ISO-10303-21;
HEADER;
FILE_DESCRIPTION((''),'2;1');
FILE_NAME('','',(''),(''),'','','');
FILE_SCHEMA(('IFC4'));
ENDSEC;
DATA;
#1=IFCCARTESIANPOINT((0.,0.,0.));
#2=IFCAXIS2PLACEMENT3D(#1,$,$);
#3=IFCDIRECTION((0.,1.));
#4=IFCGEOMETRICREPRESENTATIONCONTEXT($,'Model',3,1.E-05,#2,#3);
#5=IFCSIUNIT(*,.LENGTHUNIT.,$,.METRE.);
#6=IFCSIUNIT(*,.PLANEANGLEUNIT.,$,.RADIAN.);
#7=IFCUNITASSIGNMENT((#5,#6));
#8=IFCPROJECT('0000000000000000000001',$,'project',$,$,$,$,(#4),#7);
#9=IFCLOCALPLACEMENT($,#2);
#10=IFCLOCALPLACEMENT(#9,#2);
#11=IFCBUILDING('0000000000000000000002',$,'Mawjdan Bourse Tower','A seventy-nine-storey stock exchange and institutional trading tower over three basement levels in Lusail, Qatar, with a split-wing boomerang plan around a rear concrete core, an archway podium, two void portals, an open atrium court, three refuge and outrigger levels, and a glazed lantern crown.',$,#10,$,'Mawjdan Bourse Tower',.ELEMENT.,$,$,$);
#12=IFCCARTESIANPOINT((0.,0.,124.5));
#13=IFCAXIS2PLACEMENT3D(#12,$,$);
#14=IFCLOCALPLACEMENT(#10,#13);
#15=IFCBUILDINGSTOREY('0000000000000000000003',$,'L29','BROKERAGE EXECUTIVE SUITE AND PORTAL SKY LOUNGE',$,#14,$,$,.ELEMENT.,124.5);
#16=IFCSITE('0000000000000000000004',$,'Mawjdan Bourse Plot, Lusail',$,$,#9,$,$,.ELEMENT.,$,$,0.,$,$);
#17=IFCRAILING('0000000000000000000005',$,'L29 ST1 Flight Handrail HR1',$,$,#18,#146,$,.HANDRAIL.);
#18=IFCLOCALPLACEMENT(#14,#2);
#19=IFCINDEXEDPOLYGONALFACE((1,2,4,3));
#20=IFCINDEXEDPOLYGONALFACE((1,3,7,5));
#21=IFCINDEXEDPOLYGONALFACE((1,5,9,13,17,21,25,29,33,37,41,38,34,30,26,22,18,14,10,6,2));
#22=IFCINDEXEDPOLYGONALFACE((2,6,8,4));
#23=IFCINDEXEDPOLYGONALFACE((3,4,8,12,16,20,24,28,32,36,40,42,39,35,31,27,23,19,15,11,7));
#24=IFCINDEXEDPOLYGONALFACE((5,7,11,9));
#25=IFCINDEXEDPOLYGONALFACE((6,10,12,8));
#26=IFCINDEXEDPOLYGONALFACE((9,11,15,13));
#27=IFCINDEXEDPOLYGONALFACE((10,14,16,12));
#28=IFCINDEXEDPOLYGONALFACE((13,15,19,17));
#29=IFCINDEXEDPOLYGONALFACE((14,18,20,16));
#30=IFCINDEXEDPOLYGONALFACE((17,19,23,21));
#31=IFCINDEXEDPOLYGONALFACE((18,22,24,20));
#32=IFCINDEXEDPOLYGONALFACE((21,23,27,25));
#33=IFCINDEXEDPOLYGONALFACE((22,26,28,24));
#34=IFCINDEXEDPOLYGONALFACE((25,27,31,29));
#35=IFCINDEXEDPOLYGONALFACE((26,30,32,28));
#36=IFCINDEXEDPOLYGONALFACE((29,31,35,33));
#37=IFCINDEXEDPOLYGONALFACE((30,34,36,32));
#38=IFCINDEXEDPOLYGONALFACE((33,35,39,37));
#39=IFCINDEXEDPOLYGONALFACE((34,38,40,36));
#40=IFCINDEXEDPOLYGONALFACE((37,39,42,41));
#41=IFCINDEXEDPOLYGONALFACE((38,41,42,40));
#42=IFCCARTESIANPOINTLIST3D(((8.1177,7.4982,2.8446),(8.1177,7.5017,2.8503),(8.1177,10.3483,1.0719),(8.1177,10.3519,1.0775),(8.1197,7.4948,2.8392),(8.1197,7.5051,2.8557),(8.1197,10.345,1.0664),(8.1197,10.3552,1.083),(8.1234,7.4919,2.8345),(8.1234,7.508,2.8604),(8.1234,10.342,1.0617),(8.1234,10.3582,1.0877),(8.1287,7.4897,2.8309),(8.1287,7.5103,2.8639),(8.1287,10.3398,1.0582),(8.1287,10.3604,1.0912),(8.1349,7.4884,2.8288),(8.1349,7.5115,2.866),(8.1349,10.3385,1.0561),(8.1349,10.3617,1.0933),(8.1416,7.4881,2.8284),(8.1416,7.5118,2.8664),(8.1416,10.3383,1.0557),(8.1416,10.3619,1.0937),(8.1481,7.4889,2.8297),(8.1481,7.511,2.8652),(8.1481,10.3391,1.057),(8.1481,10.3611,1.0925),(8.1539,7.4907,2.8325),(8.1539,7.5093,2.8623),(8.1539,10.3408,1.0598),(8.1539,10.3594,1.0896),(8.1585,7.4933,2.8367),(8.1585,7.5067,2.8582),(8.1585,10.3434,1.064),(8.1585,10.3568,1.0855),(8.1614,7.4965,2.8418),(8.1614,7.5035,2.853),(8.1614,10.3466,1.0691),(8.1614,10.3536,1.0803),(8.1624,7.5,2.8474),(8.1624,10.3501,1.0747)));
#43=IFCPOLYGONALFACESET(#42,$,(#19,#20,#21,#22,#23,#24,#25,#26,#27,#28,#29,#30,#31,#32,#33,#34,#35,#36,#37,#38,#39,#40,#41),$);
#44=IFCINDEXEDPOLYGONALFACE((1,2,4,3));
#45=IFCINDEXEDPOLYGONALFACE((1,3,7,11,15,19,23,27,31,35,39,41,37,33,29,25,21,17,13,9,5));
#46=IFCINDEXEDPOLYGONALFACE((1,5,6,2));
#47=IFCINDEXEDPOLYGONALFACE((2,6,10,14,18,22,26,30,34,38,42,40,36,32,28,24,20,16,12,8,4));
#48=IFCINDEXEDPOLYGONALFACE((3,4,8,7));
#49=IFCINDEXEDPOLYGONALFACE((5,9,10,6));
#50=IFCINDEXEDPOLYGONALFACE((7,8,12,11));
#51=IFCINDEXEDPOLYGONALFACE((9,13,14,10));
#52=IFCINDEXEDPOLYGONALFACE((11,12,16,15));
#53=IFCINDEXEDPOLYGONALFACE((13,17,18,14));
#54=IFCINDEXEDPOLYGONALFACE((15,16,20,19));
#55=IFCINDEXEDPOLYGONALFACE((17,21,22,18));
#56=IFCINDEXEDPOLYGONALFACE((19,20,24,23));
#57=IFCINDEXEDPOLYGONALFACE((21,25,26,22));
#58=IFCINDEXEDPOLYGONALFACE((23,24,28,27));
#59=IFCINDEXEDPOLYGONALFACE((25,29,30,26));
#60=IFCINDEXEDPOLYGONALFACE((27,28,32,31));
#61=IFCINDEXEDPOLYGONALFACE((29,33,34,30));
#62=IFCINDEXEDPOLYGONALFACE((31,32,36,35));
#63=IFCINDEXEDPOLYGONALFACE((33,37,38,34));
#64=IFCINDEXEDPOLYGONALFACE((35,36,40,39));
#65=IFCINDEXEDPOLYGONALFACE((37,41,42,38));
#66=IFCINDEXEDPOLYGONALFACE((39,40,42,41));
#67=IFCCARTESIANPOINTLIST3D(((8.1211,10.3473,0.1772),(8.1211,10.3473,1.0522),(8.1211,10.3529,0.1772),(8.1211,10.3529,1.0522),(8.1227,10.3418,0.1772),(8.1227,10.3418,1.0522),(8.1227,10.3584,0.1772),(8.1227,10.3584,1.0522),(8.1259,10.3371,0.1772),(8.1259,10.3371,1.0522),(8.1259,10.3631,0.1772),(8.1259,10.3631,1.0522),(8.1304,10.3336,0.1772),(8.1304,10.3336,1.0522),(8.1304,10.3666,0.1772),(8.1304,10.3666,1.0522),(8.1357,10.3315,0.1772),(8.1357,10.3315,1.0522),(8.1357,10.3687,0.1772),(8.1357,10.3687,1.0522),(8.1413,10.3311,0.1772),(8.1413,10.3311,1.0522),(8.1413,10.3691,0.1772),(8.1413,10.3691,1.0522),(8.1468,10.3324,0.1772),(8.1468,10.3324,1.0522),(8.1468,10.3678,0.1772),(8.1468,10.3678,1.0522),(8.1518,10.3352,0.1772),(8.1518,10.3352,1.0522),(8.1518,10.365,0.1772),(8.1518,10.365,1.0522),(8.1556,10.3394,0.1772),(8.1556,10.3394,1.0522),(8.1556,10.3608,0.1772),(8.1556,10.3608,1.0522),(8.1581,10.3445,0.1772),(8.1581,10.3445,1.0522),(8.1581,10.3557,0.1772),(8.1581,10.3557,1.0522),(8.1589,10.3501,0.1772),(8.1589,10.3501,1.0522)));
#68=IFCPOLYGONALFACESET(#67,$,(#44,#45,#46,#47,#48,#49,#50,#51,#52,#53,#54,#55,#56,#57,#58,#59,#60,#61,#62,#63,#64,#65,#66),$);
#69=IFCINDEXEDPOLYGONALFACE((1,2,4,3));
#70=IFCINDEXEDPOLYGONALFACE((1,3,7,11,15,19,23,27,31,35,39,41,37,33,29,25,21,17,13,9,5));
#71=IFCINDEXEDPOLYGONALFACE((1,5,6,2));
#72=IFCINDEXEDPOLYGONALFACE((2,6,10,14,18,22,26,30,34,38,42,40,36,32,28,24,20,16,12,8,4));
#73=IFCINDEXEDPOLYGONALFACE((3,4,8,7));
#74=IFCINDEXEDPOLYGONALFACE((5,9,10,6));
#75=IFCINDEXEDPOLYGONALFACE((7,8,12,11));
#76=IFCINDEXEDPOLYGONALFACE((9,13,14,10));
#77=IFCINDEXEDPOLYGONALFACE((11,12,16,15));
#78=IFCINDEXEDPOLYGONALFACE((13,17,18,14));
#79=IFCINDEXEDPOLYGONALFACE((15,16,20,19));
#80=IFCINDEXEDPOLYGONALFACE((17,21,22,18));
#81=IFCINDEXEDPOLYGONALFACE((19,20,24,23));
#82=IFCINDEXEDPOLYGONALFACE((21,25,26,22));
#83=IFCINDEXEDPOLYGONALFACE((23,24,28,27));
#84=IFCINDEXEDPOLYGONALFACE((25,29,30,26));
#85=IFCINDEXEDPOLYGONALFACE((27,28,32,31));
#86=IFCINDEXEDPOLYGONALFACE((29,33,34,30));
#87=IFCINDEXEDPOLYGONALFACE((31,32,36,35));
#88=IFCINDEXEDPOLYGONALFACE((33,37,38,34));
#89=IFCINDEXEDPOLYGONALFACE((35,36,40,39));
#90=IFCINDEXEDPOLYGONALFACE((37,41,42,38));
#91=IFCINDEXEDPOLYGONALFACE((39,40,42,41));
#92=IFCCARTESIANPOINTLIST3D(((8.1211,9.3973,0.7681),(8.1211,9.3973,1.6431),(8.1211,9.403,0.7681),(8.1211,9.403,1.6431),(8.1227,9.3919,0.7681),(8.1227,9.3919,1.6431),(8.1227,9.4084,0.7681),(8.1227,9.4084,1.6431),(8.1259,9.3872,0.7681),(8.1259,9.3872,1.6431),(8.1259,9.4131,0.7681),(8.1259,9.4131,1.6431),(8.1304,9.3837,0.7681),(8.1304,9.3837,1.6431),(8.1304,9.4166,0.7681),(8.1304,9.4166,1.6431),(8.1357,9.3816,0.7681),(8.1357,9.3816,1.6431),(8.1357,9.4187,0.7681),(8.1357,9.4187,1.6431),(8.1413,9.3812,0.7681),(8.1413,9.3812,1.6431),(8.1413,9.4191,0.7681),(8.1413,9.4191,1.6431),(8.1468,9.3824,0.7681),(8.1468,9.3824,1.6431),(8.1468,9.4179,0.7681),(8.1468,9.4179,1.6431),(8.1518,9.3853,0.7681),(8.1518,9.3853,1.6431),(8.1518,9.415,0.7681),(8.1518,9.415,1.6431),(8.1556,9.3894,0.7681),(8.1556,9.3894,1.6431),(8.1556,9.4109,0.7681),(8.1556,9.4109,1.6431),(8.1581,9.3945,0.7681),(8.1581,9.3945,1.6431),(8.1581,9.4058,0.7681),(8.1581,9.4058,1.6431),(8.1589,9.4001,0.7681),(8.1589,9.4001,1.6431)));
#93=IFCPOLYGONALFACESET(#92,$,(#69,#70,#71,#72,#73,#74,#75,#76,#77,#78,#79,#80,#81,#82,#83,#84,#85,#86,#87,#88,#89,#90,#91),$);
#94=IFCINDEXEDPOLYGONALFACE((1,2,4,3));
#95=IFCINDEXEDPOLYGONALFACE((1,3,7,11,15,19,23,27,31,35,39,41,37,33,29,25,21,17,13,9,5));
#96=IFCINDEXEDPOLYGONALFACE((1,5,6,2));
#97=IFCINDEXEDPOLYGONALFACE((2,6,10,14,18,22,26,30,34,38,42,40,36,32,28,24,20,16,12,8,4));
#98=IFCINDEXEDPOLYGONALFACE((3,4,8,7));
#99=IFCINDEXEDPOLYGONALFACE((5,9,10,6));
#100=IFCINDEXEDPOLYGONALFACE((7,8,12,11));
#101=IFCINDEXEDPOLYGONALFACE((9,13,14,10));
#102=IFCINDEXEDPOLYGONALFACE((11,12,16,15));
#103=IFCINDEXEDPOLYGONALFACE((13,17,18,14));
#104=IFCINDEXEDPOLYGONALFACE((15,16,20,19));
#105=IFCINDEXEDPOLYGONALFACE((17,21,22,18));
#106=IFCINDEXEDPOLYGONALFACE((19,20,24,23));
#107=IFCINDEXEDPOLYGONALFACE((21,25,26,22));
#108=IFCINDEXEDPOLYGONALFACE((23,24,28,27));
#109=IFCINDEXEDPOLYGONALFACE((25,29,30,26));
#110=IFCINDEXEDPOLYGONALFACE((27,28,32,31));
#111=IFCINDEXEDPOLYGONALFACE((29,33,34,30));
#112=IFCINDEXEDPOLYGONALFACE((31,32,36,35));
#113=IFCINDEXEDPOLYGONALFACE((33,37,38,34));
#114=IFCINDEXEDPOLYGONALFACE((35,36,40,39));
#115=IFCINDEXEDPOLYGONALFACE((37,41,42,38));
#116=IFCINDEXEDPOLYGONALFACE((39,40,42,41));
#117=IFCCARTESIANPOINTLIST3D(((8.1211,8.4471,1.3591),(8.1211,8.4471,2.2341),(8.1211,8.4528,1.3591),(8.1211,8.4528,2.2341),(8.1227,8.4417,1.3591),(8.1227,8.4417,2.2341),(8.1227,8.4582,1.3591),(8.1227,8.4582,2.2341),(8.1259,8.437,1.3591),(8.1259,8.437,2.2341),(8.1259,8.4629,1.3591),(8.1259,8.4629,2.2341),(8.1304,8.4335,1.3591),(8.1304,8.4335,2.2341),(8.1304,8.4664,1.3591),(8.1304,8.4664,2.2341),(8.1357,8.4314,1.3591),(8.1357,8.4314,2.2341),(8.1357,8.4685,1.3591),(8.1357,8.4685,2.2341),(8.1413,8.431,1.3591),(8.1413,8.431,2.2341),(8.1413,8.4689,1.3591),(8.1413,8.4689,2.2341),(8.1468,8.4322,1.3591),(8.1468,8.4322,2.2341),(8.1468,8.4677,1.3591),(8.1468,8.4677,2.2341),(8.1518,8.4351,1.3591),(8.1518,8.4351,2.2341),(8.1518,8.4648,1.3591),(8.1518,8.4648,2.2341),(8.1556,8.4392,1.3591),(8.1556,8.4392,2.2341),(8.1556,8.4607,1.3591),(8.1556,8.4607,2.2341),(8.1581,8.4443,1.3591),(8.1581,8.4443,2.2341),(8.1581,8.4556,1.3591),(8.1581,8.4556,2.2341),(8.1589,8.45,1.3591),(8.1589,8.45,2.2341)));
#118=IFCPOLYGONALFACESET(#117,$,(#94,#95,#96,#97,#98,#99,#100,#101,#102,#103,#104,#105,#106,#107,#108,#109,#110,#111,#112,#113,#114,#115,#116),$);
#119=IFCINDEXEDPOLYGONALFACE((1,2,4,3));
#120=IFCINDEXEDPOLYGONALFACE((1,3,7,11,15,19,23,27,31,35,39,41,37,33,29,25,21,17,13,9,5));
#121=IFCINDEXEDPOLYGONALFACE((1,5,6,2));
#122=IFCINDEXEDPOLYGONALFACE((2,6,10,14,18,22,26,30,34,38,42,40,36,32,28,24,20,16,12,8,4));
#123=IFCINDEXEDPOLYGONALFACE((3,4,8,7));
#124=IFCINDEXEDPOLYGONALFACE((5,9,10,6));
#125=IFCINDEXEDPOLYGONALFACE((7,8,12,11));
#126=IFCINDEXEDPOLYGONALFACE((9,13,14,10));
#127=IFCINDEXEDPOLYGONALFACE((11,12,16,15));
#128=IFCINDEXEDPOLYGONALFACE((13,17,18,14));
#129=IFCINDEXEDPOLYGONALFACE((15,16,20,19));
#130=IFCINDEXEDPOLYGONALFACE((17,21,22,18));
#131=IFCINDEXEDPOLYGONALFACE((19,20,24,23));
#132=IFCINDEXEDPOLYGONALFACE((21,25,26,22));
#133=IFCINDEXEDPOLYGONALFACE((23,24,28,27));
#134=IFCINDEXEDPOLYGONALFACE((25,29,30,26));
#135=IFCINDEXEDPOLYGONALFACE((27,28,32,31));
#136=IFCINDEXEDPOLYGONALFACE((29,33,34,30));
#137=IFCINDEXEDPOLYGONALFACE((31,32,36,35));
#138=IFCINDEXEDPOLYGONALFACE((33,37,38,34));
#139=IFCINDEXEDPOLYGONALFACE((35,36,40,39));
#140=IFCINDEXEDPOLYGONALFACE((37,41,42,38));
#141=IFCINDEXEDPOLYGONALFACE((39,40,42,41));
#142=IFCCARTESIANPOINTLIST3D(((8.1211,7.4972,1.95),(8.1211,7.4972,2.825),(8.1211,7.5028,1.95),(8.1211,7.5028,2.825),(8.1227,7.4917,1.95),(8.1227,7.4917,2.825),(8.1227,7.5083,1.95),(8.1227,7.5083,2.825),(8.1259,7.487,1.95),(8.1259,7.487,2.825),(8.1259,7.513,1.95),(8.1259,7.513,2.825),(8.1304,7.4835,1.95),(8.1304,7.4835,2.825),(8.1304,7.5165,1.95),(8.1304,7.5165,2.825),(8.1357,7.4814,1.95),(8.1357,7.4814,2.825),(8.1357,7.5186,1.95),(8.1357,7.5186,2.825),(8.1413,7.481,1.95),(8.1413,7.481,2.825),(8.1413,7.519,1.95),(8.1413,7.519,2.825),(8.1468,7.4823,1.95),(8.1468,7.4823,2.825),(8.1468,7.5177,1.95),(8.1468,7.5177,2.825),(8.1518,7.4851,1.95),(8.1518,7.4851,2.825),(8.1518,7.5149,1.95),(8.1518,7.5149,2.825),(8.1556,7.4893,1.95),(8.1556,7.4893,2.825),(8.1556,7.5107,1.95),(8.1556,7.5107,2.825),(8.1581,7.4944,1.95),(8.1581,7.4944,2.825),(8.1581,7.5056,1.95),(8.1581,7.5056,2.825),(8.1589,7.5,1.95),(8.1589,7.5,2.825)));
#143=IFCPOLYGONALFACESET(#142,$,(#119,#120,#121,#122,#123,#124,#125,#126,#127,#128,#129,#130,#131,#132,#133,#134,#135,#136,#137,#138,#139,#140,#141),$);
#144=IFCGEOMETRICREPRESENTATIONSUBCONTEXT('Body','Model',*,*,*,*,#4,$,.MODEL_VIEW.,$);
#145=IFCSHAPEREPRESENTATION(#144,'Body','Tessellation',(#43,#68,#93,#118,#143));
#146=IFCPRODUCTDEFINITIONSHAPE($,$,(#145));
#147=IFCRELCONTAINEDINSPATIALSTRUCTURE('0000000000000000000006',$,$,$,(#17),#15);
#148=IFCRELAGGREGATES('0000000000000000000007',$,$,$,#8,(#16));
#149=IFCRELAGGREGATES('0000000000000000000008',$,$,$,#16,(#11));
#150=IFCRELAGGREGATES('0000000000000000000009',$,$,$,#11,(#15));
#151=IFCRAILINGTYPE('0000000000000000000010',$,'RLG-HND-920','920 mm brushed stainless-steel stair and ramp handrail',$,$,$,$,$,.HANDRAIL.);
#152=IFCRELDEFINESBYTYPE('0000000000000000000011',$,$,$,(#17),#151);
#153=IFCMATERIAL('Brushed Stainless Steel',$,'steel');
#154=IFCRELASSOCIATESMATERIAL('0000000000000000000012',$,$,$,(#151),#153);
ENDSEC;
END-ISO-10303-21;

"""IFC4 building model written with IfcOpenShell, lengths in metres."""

from ifc_helpers import new_model, si_unit, direction, frame, origin, origin_2d, place, context, subcontext, project, spatial, circle, extrude, material, type_object, element, save


model = new_model("IFC4")

# Units and contexts
model_context = context("Model", 3, precision=1e-05, world=origin(), true_north=direction((0.0, 1.0)))
body_context = subcontext(model_context, "Body", "Model", "MODEL_VIEW")
ifc_project = project(units=[si_unit("LENGTHUNIT", "METRE"), si_unit("PLANEANGLEUNIT", "RADIAN")], contexts=[model_context])

# Site, building, storey
site_placement = place(None, origin())
site = spatial("IfcSite", under=ifc_project, at=site_placement, Name="Mawjdan Bourse Plot, Lusail", CompositionType="ELEMENT", RefElevation=0.0)
building_placement = place(site_placement, origin())
building = spatial("IfcBuilding", under=site, at=building_placement, Name="Mawjdan Bourse Tower", Description="A seventy-nine-storey stock exchange and institutional trading tower over three basement levels in Lusail, Qatar, with a split-wing boomerang plan around a rear concrete core, an archway podium, two void portals, an open atrium court, three refuge and outrigger levels, and a glazed lantern crown.", LongName="Mawjdan Bourse Tower", CompositionType="ELEMENT")
storey_placement = place(building_placement, frame((0.0, 0.0, 124.5)))
storey = spatial("IfcBuildingStorey", under=building, at=storey_placement, Name="L29", Description="BROKERAGE EXECUTIVE SUITE AND PORTAL SKY LOUNGE", CompositionType="ELEMENT", Elevation=124.5)

# Shared definitions
ifc_material_1 = material(Name="Brushed Stainless Steel", Category="steel")

# Railing
railing_type_1 = type_object("IfcRailingType", Name="RLG-HND-920", Description="920 mm brushed stainless-steel stair and ramp handrail", PredefinedType="HANDRAIL", material=ifc_material_1)
railing_placement = place(storey_placement, frame((8.1399, 10.3501, 0.1772)))
element("IfcRailing", 1, at=railing_placement, inside=storey, type_object=railing_type_1, Name="L29 ST1 Flight Handrail HR1", PredefinedType="HANDRAIL", context=body_context, shape_type="SweptSolid", body=[
    extrude(circle(Radius=0.0225, at=origin_2d()), frame((0.0, 0.0, 0.8975), z_axis=(0.0, -0.849149, 0.528154), x_axis=(1.0, 0.0, 0.0)), (0.0, 0.0, 1.0), 3.3564),
    extrude(circle(Radius=0.019, at=origin_2d()), origin(), (0.0, 0.0, 1.0), 0.875),
    extrude(circle(Radius=0.019, at=origin_2d()), frame((0.0, -0.95, 0.5908)), (0.0, 0.0, 1.0), 0.875),
    extrude(circle(Radius=0.019, at=origin_2d()), frame((0.0, -1.9001, 1.1819)), (0.0, 0.0, 1.0), 0.875),
    extrude(circle(Radius=0.019, at=origin_2d()), frame((0.0, -2.8501, 1.7727)), (0.0, 0.0, 1.0), 0.875),
])

save(model, "model.ifc")
